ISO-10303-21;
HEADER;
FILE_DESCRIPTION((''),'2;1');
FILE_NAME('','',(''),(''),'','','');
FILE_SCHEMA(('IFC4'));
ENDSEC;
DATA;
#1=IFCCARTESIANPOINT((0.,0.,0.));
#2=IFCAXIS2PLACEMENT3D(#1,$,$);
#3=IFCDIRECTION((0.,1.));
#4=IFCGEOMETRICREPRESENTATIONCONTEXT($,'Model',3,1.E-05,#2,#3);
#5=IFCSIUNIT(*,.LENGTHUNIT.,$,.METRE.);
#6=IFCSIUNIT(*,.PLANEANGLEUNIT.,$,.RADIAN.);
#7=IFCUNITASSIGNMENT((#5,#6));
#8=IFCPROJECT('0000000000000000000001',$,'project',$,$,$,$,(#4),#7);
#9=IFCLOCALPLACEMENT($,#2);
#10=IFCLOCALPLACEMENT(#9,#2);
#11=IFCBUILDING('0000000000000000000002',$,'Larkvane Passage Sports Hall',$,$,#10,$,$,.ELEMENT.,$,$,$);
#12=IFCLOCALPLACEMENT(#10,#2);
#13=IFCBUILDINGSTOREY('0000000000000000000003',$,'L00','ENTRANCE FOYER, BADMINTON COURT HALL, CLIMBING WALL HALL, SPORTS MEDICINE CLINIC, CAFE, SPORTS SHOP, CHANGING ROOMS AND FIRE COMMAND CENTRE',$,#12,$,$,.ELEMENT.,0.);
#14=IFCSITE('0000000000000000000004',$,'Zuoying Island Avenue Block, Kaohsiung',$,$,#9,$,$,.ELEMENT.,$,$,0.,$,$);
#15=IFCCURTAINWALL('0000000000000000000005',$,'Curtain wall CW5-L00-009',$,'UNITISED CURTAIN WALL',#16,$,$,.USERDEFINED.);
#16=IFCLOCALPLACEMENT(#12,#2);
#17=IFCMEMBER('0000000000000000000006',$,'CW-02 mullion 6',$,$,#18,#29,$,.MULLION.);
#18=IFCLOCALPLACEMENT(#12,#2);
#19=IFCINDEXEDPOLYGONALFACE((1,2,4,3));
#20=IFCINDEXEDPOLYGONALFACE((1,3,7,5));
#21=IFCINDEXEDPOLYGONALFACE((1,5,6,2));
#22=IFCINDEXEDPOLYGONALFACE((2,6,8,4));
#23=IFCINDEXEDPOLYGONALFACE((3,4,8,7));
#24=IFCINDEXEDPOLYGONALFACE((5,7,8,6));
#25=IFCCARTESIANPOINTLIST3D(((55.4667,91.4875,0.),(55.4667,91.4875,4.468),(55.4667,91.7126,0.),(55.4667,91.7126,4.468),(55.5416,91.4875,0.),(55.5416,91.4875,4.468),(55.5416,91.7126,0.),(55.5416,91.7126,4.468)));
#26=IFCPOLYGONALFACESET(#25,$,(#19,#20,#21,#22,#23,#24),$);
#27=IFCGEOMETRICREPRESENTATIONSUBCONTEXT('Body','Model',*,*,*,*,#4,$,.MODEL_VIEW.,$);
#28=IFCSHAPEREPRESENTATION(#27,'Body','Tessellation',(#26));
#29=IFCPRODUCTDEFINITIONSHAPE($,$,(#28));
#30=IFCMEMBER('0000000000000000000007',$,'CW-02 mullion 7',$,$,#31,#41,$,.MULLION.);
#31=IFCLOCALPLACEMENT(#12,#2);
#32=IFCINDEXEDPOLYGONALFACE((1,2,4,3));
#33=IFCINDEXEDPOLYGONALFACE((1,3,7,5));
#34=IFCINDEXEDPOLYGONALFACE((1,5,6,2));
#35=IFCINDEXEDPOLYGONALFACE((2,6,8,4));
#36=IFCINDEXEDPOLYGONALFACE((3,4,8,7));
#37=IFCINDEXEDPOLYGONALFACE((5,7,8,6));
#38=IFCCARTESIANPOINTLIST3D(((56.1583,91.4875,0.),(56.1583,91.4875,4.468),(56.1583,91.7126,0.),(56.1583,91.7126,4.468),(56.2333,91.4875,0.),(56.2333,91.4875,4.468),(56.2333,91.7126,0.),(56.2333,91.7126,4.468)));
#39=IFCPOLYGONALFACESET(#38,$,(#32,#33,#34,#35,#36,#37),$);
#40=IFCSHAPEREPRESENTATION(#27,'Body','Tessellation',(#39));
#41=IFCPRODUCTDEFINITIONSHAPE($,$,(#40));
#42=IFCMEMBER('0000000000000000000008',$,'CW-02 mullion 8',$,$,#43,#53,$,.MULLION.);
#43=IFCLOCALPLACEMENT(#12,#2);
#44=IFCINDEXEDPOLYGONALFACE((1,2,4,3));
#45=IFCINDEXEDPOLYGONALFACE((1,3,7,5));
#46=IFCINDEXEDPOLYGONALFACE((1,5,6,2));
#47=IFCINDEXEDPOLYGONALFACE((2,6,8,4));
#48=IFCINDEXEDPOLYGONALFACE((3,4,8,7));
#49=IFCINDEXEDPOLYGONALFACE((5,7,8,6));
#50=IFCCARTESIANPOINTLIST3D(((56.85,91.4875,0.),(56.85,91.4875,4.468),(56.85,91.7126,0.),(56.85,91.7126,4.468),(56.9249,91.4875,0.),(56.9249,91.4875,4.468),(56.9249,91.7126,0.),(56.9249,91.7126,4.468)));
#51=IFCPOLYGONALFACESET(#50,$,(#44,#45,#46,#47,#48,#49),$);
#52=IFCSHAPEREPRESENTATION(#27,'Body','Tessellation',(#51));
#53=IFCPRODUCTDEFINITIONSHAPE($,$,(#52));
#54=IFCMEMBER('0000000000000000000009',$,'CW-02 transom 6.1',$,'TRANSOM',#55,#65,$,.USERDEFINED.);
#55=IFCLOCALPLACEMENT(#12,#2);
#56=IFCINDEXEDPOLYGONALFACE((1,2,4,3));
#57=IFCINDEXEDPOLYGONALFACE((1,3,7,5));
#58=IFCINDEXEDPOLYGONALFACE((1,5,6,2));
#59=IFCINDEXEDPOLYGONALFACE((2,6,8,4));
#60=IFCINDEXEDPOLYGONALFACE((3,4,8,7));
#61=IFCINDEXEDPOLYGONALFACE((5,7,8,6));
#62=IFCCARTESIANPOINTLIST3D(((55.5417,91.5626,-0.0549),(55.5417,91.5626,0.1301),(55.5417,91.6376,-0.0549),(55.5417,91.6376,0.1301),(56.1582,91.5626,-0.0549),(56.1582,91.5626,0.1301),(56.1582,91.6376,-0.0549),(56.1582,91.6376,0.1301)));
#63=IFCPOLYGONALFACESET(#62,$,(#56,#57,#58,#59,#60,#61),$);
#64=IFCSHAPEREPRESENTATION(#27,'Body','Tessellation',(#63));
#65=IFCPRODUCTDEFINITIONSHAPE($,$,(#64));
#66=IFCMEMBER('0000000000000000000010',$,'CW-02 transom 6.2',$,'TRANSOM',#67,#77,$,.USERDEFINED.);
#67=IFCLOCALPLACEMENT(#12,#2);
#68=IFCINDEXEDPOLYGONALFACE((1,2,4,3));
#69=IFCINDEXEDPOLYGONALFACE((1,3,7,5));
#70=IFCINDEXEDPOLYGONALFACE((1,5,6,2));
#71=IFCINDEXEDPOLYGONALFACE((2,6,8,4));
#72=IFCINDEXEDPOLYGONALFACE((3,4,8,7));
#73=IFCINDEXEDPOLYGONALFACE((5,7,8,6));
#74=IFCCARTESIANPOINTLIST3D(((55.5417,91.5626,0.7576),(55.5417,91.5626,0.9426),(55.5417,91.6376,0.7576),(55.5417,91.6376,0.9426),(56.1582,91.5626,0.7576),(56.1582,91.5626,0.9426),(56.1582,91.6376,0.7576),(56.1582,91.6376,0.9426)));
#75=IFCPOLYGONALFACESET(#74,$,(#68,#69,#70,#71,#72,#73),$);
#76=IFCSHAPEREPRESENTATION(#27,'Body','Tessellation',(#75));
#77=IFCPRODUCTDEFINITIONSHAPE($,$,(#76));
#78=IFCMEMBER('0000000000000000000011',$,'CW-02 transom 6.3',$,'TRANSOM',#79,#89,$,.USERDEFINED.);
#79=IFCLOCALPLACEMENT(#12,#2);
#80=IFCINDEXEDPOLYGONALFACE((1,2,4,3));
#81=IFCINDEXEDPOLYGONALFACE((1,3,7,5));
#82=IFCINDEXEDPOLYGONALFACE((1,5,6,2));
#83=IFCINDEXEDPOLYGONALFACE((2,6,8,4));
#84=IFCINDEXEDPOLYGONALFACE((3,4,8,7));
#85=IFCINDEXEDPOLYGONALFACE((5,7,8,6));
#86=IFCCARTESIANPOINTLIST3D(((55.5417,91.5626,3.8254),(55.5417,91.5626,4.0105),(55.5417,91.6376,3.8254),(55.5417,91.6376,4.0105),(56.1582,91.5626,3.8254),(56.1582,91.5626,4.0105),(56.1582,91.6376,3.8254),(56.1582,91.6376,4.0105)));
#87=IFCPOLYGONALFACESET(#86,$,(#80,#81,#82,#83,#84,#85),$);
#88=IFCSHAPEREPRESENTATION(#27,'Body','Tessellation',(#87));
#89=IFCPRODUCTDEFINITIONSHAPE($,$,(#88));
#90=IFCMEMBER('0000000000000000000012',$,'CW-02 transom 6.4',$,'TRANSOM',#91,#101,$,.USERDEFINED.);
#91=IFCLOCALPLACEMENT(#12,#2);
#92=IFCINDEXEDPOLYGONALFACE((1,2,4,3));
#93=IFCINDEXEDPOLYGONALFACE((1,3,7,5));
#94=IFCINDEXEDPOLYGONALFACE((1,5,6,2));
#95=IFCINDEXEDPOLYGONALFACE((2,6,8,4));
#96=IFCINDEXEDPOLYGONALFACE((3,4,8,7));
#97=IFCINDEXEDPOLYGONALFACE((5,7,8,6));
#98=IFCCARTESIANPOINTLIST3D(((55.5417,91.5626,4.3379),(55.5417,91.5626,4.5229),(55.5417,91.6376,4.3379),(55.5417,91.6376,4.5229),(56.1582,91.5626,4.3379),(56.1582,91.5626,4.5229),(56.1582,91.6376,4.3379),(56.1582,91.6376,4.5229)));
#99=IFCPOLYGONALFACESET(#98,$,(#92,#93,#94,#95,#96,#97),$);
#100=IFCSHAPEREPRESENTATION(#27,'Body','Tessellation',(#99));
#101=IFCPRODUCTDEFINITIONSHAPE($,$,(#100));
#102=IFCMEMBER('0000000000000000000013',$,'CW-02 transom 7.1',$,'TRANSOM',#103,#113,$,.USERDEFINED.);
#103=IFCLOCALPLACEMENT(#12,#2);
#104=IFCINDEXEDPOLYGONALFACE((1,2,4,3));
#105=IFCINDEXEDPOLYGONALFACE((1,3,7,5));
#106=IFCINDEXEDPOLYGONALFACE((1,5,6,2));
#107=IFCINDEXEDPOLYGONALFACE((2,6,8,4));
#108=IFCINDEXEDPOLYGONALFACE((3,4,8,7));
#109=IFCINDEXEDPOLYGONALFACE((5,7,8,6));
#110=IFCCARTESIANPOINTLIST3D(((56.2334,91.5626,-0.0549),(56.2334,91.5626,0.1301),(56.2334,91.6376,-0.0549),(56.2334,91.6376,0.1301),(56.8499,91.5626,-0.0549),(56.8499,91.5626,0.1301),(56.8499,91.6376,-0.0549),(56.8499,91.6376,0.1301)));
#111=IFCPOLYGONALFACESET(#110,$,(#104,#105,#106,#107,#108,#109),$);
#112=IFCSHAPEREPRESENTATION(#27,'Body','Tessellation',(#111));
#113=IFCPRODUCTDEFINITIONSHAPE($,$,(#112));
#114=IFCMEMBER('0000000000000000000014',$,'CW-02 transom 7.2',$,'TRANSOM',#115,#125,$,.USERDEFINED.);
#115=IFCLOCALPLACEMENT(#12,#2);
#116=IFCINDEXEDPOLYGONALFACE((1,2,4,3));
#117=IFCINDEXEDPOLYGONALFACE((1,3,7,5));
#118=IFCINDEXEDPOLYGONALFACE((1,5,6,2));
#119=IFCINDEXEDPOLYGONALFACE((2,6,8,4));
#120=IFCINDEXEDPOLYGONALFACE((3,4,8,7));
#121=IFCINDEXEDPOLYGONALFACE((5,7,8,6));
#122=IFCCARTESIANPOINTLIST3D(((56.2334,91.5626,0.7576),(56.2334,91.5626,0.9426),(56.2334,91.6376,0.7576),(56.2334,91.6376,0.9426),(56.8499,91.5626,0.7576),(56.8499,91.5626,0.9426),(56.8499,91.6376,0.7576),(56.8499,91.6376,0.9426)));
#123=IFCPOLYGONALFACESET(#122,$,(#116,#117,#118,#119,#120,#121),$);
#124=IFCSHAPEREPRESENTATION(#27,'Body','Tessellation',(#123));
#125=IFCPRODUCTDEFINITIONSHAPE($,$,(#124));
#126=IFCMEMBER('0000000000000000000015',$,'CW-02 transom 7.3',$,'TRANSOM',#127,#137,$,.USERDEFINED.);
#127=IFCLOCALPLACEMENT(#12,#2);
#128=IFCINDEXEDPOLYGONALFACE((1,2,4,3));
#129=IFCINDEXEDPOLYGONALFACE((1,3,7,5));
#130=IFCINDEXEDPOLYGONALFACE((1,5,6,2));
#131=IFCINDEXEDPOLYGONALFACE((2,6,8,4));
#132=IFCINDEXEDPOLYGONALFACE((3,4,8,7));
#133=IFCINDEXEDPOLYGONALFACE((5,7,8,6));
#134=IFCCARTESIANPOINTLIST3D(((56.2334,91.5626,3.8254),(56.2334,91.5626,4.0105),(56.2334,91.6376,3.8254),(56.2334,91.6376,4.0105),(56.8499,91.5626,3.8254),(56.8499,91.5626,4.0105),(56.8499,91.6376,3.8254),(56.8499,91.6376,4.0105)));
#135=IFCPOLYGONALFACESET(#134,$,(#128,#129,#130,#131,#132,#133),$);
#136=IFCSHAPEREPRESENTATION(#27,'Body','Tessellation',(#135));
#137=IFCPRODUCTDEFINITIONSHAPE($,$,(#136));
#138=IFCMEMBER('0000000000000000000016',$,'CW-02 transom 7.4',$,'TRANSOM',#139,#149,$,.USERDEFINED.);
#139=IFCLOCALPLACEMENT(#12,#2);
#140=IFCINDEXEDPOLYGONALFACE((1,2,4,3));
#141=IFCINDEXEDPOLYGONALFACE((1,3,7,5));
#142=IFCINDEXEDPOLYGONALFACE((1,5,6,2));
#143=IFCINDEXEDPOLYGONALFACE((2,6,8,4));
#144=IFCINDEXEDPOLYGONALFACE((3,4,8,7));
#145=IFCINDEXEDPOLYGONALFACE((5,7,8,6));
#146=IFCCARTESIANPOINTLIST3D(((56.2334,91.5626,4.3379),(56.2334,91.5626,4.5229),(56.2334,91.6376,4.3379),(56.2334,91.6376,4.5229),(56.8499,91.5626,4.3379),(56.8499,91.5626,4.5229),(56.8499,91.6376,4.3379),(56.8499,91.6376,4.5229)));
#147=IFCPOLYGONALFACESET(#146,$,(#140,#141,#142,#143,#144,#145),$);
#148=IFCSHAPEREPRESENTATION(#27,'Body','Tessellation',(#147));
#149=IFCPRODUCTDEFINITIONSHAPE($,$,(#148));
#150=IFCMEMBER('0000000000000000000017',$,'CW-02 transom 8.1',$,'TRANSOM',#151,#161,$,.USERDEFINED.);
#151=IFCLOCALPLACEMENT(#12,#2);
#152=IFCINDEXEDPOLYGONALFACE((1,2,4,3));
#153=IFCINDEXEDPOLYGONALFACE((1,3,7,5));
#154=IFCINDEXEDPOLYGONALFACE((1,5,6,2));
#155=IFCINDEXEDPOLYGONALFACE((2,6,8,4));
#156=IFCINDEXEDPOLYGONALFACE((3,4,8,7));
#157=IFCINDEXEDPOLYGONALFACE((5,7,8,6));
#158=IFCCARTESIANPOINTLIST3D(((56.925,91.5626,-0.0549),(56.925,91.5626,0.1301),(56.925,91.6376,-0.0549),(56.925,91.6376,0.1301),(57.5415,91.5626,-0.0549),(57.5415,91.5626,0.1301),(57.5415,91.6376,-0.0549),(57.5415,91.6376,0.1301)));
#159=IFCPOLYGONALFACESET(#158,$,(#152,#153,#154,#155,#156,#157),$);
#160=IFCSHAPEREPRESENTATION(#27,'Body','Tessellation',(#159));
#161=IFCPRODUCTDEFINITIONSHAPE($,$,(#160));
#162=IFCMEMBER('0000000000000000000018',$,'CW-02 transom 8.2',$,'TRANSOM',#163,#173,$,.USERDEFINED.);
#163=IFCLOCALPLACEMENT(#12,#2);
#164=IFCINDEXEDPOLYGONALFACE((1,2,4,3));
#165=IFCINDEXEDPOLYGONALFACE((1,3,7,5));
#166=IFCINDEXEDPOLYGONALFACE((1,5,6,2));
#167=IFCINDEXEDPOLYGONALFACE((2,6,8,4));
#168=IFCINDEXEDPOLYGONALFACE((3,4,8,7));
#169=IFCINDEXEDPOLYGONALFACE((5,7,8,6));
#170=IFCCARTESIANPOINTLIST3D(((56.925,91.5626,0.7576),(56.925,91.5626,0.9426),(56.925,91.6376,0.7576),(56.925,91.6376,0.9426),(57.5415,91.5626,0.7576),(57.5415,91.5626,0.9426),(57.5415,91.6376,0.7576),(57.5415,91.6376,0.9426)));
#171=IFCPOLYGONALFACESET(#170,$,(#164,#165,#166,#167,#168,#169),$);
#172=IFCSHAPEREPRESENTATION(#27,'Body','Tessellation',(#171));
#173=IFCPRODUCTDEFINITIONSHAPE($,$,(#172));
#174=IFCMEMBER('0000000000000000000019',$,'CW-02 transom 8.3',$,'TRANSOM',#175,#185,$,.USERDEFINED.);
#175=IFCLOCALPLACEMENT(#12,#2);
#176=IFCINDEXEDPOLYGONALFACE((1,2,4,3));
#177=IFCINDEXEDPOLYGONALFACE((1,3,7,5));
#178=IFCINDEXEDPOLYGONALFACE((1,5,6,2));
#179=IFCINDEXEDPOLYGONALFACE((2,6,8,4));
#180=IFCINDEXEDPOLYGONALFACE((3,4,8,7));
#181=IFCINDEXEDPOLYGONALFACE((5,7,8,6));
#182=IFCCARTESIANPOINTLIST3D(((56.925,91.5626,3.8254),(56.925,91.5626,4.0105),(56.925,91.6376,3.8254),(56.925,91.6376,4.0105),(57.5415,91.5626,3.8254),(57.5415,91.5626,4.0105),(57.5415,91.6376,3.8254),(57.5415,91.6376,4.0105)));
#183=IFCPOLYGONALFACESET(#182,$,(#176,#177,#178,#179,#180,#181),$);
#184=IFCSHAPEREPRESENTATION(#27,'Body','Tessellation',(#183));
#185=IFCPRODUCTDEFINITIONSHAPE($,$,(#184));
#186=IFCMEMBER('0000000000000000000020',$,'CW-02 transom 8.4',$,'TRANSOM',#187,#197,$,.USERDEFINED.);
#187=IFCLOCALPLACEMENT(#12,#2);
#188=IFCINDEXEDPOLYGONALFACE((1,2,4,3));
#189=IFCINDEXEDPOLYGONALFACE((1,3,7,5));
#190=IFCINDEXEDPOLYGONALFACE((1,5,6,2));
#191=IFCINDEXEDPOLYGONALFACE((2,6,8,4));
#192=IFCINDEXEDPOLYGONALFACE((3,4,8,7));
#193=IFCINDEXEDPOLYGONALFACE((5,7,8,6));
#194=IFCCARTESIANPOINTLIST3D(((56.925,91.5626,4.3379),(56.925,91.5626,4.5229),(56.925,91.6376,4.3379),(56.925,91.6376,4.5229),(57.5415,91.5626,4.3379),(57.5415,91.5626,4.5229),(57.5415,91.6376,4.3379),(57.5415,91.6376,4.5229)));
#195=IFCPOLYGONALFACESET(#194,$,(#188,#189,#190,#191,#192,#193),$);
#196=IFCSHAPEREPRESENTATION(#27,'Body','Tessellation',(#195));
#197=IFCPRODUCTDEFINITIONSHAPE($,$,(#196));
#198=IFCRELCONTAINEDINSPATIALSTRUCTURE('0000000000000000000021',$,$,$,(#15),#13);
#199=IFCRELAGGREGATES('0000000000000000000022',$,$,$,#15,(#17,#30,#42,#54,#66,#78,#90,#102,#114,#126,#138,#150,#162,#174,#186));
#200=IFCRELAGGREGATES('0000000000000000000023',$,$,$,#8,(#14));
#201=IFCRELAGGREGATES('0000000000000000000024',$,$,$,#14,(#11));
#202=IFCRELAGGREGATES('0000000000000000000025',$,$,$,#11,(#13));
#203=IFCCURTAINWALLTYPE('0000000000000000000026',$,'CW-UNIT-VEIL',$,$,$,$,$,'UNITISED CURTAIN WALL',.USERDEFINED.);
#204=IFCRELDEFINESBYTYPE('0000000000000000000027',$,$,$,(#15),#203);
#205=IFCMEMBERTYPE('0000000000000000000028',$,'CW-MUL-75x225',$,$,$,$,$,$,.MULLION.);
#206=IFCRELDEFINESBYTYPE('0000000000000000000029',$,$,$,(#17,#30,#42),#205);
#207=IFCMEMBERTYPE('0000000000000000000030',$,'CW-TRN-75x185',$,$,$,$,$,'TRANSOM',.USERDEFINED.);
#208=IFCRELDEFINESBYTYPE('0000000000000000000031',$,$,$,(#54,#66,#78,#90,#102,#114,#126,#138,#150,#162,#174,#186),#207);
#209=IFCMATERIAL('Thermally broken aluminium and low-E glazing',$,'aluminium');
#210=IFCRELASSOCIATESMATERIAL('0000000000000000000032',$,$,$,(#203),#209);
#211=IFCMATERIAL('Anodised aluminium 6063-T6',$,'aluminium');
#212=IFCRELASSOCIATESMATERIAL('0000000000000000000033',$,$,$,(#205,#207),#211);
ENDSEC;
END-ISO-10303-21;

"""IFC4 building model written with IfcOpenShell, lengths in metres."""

from ifc_helpers import new_model, si_unit, direction, frame, origin, origin_2d, place, context, subcontext, project, spatial, rectangle, extrude, material, material_profile, profile_set, type_object, element, aggregate, save


model = new_model("IFC4")

# Units and contexts
model_context = context("Model", 3, precision=1e-05, world=origin(), true_north=direction((0.0, 1.0)))
body_context = subcontext(model_context, "Body", "Model", "MODEL_VIEW")
ifc_project = project(units=[si_unit("LENGTHUNIT", "METRE"), si_unit("PLANEANGLEUNIT", "RADIAN")], contexts=[model_context])

# Site, building, storey
site_placement = place(None, origin())
site = spatial("IfcSite", under=ifc_project, at=site_placement, Name="Zuoying Island Avenue Block, Kaohsiung", CompositionType="ELEMENT", RefElevation=0.0)
building_placement = place(site_placement, origin())
building = spatial("IfcBuilding", under=site, at=building_placement, Name="Larkvane Passage Sports Hall", CompositionType="ELEMENT")
storey_placement = place(building_placement, origin())
storey = spatial("IfcBuildingStorey", under=building, at=storey_placement, Name="L00", Description="ENTRANCE FOYER, BADMINTON COURT HALL, CLIMBING WALL HALL, SPORTS MEDICINE CLINIC, CAFE, SPORTS SHOP, CHANGING ROOMS AND FIRE COMMAND CENTRE", CompositionType="ELEMENT", Elevation=0.0)

# Curtain wall, members
ifc_material_1 = material(Name="Thermally broken aluminium and low-E glazing", Category="aluminium")
curtain_wall_type = type_object("IfcCurtainWallType", Name="CW-UNIT-VEIL", ElementType="UNITISED CURTAIN WALL", PredefinedType="USERDEFINED", material=ifc_material_1)
curtain_wall_placement = place(storey_placement, origin())
curtain_wall = element("IfcCurtainWall", 1, at=curtain_wall_placement, inside=storey, type_object=curtain_wall_type, Name="Curtain wall CW5-L00-009", ObjectType="UNITISED CURTAIN WALL", PredefinedType="USERDEFINED")
ifc_material_2 = material(Name="Anodised aluminium 6063-T6", Category="aluminium")
ifc_material_profile_1 = material_profile(ifc_material_2, rectangle(XDim=0.075, YDim=0.2251, at=origin_2d()), Name="ALU-MUL-75x225")
ifc_profile_set_1 = profile_set([ifc_material_profile_1], Name="Anodised aluminium 6063-T6")
member_type_1 = type_object("IfcMemberType", Name="CW-MUL-75x225", PredefinedType="MULLION", material=ifc_profile_set_1)
member_1_placement = place(storey_placement, frame((55.5042, 91.6001, 0.0), z_axis=(0.0, 0.0, 1.0), x_axis=(1.0, 0.0, 0.0)))
member_1 = element("IfcMember", 2, at=member_1_placement, type_object=member_type_1, Name="CW-02 mullion 6", PredefinedType="MULLION", context=body_context, shape_type="SweptSolid", body=[
    extrude(rectangle(XDim=0.075, YDim=0.2251, at=origin_2d()), origin(), (0.0, 0.0, 1.0), 4.468),
])
member_2_placement = place(storey_placement, frame((56.1958, 91.6001, 0.0), z_axis=(0.0, 0.0, 1.0), x_axis=(1.0, 0.0, 0.0)))
member_2 = element("IfcMember", 3, at=member_2_placement, type_object=member_type_1, Name="CW-02 mullion 7", PredefinedType="MULLION", context=body_context, shape_type="SweptSolid", body=[
    extrude(rectangle(XDim=0.075, YDim=0.2251, at=origin_2d()), origin(), (0.0, 0.0, 1.0), 4.468),
])
member_3_placement = place(storey_placement, frame((56.8875, 91.6001, 0.0), z_axis=(0.0, 0.0, 1.0), x_axis=(1.0, 0.0, 0.0)))
member_3 = element("IfcMember", 4, at=member_3_placement, type_object=member_type_1, Name="CW-02 mullion 8", PredefinedType="MULLION", context=body_context, shape_type="SweptSolid", body=[
    extrude(rectangle(XDim=0.075, YDim=0.2251, at=origin_2d()), origin(), (0.0, 0.0, 1.0), 4.468),
])
ifc_material_profile_2 = material_profile(ifc_material_2, rectangle(XDim=0.075, YDim=0.1851, at=origin_2d()), Name="ALU-TRN-75x185")
ifc_profile_set_2 = profile_set([ifc_material_profile_2], Name="Anodised aluminium 6063-T6")
member_type_2 = type_object("IfcMemberType", Name="CW-TRN-75x185", ElementType="TRANSOM", PredefinedType="USERDEFINED", material=ifc_profile_set_2)
member_4_placement = place(storey_placement, frame((55.5417, 91.6001, 0.0376), z_axis=(1.0, 0.0, 0.0), x_axis=(0.0, 1.0, 0.0)))
member_4 = element("IfcMember", 5, at=member_4_placement, type_object=member_type_2, Name="CW-02 transom 6.1", ObjectType="TRANSOM", PredefinedType="USERDEFINED", context=body_context, shape_type="SweptSolid", body=[
    extrude(rectangle(XDim=0.075, YDim=0.1851, at=origin_2d()), origin(), (0.0, 0.0, 1.0), 0.6165),
])
member_5_placement = place(storey_placement, frame((55.5417, 91.6001, 0.8501), z_axis=(1.0, 0.0, 0.0), x_axis=(0.0, 1.0, 0.0)))
member_5 = element("IfcMember", 6, at=member_5_placement, type_object=member_type_2, Name="CW-02 transom 6.2", ObjectType="TRANSOM", PredefinedType="USERDEFINED", context=body_context, shape_type="SweptSolid", body=[
    extrude(rectangle(XDim=0.075, YDim=0.1851, at=origin_2d()), origin(), (0.0, 0.0, 1.0), 0.6165),
])
member_6_placement = place(storey_placement, frame((55.5417, 91.6001, 3.918), z_axis=(1.0, 0.0, 0.0), x_axis=(0.0, 1.0, 0.0)))
member_6 = element("IfcMember", 7, at=member_6_placement, type_object=member_type_2, Name="CW-02 transom 6.3", ObjectType="TRANSOM", PredefinedType="USERDEFINED", context=body_context, shape_type="SweptSolid", body=[
    extrude(rectangle(XDim=0.075, YDim=0.1851, at=origin_2d()), origin(), (0.0, 0.0, 1.0), 0.6165),
])
member_7_placement = place(storey_placement, frame((55.5417, 91.6001, 4.4304), z_axis=(1.0, 0.0, 0.0), x_axis=(0.0, 1.0, 0.0)))
member_7 = element("IfcMember", 8, at=member_7_placement, type_object=member_type_2, Name="CW-02 transom 6.4", ObjectType="TRANSOM", PredefinedType="USERDEFINED", context=body_context, shape_type="SweptSolid", body=[
    extrude(rectangle(XDim=0.075, YDim=0.1851, at=origin_2d()), origin(), (0.0, 0.0, 1.0), 0.6165),
])
member_8_placement = place(storey_placement, frame((56.2334, 91.6001, 0.0376), z_axis=(1.0, 0.0, 0.0), x_axis=(0.0, 1.0, 0.0)))
member_8 = element("IfcMember", 9, at=member_8_placement, type_object=member_type_2, Name="CW-02 transom 7.1", ObjectType="TRANSOM", PredefinedType="USERDEFINED", context=body_context, shape_type="SweptSolid", body=[
    extrude(rectangle(XDim=0.075, YDim=0.1851, at=origin_2d()), origin(), (0.0, 0.0, 1.0), 0.6165),
])
member_9_placement = place(storey_placement, frame((56.2334, 91.6001, 0.8501), z_axis=(1.0, 0.0, 0.0), x_axis=(0.0, 1.0, 0.0)))
member_9 = element("IfcMember", 10, at=member_9_placement, type_object=member_type_2, Name="CW-02 transom 7.2", ObjectType="TRANSOM", PredefinedType="USERDEFINED", context=body_context, shape_type="SweptSolid", body=[
    extrude(rectangle(XDim=0.075, YDim=0.1851, at=origin_2d()), origin(), (0.0, 0.0, 1.0), 0.6165),
])
member_10_placement = place(storey_placement, frame((56.2334, 91.6001, 3.918), z_axis=(1.0, 0.0, 0.0), x_axis=(0.0, 1.0, 0.0)))
member_10 = element("IfcMember", 11, at=member_10_placement, type_object=member_type_2, Name="CW-02 transom 7.3", ObjectType="TRANSOM", PredefinedType="USERDEFINED", context=body_context, shape_type="SweptSolid", body=[
    extrude(rectangle(XDim=0.075, YDim=0.1851, at=origin_2d()), origin(), (0.0, 0.0, 1.0), 0.6165),
])
member_11_placement = place(storey_placement, frame((56.2334, 91.6001, 4.4304), z_axis=(1.0, 0.0, 0.0), x_axis=(0.0, 1.0, 0.0)))
member_11 = element("IfcMember", 12, at=member_11_placement, type_object=member_type_2, Name="CW-02 transom 7.4", ObjectType="TRANSOM", PredefinedType="USERDEFINED", context=body_context, shape_type="SweptSolid", body=[
    extrude(rectangle(XDim=0.075, YDim=0.1851, at=origin_2d()), origin(), (0.0, 0.0, 1.0), 0.6165),
])
member_12_placement = place(storey_placement, frame((56.925, 91.6001, 0.0376), z_axis=(1.0, 0.0, 0.0), x_axis=(0.0, 1.0, 0.0)))
member_12 = element("IfcMember", 13, at=member_12_placement, type_object=member_type_2, Name="CW-02 transom 8.1", ObjectType="TRANSOM", PredefinedType="USERDEFINED", context=body_context, shape_type="SweptSolid", body=[
    extrude(rectangle(XDim=0.075, YDim=0.1851, at=origin_2d()), origin(), (0.0, 0.0, 1.0), 0.6165),
])
member_13_placement = place(storey_placement, frame((56.925, 91.6001, 0.8501), z_axis=(1.0, 0.0, 0.0), x_axis=(0.0, 1.0, 0.0)))
member_13 = element("IfcMember", 14, at=member_13_placement, type_object=member_type_2, Name="CW-02 transom 8.2", ObjectType="TRANSOM", PredefinedType="USERDEFINED", context=body_context, shape_type="SweptSolid", body=[
    extrude(rectangle(XDim=0.075, YDim=0.1851, at=origin_2d()), origin(), (0.0, 0.0, 1.0), 0.6165),
])
member_14_placement = place(storey_placement, frame((56.925, 91.6001, 3.918), z_axis=(1.0, 0.0, 0.0), x_axis=(0.0, 1.0, 0.0)))
member_14 = element("IfcMember", 15, at=member_14_placement, type_object=member_type_2, Name="CW-02 transom 8.3", ObjectType="TRANSOM", PredefinedType="USERDEFINED", context=body_context, shape_type="SweptSolid", body=[
    extrude(rectangle(XDim=0.075, YDim=0.1851, at=origin_2d()), origin(), (0.0, 0.0, 1.0), 0.6165),
])
member_15_placement = place(storey_placement, frame((56.925, 91.6001, 4.4304), z_axis=(1.0, 0.0, 0.0), x_axis=(0.0, 1.0, 0.0)))
member_15 = element("IfcMember", 16, at=member_15_placement, type_object=member_type_2, Name="CW-02 transom 8.4", ObjectType="TRANSOM", PredefinedType="USERDEFINED", context=body_context, shape_type="SweptSolid", body=[
    extrude(rectangle(XDim=0.075, YDim=0.1851, at=origin_2d()), origin(), (0.0, 0.0, 1.0), 0.6165),
])
aggregate(curtain_wall, [member_1, member_2, member_3, member_4, member_5, member_6, member_7, member_8, member_9, member_10, member_11, member_12, member_13, member_14, member_15])

save(model, "model.ifc")
